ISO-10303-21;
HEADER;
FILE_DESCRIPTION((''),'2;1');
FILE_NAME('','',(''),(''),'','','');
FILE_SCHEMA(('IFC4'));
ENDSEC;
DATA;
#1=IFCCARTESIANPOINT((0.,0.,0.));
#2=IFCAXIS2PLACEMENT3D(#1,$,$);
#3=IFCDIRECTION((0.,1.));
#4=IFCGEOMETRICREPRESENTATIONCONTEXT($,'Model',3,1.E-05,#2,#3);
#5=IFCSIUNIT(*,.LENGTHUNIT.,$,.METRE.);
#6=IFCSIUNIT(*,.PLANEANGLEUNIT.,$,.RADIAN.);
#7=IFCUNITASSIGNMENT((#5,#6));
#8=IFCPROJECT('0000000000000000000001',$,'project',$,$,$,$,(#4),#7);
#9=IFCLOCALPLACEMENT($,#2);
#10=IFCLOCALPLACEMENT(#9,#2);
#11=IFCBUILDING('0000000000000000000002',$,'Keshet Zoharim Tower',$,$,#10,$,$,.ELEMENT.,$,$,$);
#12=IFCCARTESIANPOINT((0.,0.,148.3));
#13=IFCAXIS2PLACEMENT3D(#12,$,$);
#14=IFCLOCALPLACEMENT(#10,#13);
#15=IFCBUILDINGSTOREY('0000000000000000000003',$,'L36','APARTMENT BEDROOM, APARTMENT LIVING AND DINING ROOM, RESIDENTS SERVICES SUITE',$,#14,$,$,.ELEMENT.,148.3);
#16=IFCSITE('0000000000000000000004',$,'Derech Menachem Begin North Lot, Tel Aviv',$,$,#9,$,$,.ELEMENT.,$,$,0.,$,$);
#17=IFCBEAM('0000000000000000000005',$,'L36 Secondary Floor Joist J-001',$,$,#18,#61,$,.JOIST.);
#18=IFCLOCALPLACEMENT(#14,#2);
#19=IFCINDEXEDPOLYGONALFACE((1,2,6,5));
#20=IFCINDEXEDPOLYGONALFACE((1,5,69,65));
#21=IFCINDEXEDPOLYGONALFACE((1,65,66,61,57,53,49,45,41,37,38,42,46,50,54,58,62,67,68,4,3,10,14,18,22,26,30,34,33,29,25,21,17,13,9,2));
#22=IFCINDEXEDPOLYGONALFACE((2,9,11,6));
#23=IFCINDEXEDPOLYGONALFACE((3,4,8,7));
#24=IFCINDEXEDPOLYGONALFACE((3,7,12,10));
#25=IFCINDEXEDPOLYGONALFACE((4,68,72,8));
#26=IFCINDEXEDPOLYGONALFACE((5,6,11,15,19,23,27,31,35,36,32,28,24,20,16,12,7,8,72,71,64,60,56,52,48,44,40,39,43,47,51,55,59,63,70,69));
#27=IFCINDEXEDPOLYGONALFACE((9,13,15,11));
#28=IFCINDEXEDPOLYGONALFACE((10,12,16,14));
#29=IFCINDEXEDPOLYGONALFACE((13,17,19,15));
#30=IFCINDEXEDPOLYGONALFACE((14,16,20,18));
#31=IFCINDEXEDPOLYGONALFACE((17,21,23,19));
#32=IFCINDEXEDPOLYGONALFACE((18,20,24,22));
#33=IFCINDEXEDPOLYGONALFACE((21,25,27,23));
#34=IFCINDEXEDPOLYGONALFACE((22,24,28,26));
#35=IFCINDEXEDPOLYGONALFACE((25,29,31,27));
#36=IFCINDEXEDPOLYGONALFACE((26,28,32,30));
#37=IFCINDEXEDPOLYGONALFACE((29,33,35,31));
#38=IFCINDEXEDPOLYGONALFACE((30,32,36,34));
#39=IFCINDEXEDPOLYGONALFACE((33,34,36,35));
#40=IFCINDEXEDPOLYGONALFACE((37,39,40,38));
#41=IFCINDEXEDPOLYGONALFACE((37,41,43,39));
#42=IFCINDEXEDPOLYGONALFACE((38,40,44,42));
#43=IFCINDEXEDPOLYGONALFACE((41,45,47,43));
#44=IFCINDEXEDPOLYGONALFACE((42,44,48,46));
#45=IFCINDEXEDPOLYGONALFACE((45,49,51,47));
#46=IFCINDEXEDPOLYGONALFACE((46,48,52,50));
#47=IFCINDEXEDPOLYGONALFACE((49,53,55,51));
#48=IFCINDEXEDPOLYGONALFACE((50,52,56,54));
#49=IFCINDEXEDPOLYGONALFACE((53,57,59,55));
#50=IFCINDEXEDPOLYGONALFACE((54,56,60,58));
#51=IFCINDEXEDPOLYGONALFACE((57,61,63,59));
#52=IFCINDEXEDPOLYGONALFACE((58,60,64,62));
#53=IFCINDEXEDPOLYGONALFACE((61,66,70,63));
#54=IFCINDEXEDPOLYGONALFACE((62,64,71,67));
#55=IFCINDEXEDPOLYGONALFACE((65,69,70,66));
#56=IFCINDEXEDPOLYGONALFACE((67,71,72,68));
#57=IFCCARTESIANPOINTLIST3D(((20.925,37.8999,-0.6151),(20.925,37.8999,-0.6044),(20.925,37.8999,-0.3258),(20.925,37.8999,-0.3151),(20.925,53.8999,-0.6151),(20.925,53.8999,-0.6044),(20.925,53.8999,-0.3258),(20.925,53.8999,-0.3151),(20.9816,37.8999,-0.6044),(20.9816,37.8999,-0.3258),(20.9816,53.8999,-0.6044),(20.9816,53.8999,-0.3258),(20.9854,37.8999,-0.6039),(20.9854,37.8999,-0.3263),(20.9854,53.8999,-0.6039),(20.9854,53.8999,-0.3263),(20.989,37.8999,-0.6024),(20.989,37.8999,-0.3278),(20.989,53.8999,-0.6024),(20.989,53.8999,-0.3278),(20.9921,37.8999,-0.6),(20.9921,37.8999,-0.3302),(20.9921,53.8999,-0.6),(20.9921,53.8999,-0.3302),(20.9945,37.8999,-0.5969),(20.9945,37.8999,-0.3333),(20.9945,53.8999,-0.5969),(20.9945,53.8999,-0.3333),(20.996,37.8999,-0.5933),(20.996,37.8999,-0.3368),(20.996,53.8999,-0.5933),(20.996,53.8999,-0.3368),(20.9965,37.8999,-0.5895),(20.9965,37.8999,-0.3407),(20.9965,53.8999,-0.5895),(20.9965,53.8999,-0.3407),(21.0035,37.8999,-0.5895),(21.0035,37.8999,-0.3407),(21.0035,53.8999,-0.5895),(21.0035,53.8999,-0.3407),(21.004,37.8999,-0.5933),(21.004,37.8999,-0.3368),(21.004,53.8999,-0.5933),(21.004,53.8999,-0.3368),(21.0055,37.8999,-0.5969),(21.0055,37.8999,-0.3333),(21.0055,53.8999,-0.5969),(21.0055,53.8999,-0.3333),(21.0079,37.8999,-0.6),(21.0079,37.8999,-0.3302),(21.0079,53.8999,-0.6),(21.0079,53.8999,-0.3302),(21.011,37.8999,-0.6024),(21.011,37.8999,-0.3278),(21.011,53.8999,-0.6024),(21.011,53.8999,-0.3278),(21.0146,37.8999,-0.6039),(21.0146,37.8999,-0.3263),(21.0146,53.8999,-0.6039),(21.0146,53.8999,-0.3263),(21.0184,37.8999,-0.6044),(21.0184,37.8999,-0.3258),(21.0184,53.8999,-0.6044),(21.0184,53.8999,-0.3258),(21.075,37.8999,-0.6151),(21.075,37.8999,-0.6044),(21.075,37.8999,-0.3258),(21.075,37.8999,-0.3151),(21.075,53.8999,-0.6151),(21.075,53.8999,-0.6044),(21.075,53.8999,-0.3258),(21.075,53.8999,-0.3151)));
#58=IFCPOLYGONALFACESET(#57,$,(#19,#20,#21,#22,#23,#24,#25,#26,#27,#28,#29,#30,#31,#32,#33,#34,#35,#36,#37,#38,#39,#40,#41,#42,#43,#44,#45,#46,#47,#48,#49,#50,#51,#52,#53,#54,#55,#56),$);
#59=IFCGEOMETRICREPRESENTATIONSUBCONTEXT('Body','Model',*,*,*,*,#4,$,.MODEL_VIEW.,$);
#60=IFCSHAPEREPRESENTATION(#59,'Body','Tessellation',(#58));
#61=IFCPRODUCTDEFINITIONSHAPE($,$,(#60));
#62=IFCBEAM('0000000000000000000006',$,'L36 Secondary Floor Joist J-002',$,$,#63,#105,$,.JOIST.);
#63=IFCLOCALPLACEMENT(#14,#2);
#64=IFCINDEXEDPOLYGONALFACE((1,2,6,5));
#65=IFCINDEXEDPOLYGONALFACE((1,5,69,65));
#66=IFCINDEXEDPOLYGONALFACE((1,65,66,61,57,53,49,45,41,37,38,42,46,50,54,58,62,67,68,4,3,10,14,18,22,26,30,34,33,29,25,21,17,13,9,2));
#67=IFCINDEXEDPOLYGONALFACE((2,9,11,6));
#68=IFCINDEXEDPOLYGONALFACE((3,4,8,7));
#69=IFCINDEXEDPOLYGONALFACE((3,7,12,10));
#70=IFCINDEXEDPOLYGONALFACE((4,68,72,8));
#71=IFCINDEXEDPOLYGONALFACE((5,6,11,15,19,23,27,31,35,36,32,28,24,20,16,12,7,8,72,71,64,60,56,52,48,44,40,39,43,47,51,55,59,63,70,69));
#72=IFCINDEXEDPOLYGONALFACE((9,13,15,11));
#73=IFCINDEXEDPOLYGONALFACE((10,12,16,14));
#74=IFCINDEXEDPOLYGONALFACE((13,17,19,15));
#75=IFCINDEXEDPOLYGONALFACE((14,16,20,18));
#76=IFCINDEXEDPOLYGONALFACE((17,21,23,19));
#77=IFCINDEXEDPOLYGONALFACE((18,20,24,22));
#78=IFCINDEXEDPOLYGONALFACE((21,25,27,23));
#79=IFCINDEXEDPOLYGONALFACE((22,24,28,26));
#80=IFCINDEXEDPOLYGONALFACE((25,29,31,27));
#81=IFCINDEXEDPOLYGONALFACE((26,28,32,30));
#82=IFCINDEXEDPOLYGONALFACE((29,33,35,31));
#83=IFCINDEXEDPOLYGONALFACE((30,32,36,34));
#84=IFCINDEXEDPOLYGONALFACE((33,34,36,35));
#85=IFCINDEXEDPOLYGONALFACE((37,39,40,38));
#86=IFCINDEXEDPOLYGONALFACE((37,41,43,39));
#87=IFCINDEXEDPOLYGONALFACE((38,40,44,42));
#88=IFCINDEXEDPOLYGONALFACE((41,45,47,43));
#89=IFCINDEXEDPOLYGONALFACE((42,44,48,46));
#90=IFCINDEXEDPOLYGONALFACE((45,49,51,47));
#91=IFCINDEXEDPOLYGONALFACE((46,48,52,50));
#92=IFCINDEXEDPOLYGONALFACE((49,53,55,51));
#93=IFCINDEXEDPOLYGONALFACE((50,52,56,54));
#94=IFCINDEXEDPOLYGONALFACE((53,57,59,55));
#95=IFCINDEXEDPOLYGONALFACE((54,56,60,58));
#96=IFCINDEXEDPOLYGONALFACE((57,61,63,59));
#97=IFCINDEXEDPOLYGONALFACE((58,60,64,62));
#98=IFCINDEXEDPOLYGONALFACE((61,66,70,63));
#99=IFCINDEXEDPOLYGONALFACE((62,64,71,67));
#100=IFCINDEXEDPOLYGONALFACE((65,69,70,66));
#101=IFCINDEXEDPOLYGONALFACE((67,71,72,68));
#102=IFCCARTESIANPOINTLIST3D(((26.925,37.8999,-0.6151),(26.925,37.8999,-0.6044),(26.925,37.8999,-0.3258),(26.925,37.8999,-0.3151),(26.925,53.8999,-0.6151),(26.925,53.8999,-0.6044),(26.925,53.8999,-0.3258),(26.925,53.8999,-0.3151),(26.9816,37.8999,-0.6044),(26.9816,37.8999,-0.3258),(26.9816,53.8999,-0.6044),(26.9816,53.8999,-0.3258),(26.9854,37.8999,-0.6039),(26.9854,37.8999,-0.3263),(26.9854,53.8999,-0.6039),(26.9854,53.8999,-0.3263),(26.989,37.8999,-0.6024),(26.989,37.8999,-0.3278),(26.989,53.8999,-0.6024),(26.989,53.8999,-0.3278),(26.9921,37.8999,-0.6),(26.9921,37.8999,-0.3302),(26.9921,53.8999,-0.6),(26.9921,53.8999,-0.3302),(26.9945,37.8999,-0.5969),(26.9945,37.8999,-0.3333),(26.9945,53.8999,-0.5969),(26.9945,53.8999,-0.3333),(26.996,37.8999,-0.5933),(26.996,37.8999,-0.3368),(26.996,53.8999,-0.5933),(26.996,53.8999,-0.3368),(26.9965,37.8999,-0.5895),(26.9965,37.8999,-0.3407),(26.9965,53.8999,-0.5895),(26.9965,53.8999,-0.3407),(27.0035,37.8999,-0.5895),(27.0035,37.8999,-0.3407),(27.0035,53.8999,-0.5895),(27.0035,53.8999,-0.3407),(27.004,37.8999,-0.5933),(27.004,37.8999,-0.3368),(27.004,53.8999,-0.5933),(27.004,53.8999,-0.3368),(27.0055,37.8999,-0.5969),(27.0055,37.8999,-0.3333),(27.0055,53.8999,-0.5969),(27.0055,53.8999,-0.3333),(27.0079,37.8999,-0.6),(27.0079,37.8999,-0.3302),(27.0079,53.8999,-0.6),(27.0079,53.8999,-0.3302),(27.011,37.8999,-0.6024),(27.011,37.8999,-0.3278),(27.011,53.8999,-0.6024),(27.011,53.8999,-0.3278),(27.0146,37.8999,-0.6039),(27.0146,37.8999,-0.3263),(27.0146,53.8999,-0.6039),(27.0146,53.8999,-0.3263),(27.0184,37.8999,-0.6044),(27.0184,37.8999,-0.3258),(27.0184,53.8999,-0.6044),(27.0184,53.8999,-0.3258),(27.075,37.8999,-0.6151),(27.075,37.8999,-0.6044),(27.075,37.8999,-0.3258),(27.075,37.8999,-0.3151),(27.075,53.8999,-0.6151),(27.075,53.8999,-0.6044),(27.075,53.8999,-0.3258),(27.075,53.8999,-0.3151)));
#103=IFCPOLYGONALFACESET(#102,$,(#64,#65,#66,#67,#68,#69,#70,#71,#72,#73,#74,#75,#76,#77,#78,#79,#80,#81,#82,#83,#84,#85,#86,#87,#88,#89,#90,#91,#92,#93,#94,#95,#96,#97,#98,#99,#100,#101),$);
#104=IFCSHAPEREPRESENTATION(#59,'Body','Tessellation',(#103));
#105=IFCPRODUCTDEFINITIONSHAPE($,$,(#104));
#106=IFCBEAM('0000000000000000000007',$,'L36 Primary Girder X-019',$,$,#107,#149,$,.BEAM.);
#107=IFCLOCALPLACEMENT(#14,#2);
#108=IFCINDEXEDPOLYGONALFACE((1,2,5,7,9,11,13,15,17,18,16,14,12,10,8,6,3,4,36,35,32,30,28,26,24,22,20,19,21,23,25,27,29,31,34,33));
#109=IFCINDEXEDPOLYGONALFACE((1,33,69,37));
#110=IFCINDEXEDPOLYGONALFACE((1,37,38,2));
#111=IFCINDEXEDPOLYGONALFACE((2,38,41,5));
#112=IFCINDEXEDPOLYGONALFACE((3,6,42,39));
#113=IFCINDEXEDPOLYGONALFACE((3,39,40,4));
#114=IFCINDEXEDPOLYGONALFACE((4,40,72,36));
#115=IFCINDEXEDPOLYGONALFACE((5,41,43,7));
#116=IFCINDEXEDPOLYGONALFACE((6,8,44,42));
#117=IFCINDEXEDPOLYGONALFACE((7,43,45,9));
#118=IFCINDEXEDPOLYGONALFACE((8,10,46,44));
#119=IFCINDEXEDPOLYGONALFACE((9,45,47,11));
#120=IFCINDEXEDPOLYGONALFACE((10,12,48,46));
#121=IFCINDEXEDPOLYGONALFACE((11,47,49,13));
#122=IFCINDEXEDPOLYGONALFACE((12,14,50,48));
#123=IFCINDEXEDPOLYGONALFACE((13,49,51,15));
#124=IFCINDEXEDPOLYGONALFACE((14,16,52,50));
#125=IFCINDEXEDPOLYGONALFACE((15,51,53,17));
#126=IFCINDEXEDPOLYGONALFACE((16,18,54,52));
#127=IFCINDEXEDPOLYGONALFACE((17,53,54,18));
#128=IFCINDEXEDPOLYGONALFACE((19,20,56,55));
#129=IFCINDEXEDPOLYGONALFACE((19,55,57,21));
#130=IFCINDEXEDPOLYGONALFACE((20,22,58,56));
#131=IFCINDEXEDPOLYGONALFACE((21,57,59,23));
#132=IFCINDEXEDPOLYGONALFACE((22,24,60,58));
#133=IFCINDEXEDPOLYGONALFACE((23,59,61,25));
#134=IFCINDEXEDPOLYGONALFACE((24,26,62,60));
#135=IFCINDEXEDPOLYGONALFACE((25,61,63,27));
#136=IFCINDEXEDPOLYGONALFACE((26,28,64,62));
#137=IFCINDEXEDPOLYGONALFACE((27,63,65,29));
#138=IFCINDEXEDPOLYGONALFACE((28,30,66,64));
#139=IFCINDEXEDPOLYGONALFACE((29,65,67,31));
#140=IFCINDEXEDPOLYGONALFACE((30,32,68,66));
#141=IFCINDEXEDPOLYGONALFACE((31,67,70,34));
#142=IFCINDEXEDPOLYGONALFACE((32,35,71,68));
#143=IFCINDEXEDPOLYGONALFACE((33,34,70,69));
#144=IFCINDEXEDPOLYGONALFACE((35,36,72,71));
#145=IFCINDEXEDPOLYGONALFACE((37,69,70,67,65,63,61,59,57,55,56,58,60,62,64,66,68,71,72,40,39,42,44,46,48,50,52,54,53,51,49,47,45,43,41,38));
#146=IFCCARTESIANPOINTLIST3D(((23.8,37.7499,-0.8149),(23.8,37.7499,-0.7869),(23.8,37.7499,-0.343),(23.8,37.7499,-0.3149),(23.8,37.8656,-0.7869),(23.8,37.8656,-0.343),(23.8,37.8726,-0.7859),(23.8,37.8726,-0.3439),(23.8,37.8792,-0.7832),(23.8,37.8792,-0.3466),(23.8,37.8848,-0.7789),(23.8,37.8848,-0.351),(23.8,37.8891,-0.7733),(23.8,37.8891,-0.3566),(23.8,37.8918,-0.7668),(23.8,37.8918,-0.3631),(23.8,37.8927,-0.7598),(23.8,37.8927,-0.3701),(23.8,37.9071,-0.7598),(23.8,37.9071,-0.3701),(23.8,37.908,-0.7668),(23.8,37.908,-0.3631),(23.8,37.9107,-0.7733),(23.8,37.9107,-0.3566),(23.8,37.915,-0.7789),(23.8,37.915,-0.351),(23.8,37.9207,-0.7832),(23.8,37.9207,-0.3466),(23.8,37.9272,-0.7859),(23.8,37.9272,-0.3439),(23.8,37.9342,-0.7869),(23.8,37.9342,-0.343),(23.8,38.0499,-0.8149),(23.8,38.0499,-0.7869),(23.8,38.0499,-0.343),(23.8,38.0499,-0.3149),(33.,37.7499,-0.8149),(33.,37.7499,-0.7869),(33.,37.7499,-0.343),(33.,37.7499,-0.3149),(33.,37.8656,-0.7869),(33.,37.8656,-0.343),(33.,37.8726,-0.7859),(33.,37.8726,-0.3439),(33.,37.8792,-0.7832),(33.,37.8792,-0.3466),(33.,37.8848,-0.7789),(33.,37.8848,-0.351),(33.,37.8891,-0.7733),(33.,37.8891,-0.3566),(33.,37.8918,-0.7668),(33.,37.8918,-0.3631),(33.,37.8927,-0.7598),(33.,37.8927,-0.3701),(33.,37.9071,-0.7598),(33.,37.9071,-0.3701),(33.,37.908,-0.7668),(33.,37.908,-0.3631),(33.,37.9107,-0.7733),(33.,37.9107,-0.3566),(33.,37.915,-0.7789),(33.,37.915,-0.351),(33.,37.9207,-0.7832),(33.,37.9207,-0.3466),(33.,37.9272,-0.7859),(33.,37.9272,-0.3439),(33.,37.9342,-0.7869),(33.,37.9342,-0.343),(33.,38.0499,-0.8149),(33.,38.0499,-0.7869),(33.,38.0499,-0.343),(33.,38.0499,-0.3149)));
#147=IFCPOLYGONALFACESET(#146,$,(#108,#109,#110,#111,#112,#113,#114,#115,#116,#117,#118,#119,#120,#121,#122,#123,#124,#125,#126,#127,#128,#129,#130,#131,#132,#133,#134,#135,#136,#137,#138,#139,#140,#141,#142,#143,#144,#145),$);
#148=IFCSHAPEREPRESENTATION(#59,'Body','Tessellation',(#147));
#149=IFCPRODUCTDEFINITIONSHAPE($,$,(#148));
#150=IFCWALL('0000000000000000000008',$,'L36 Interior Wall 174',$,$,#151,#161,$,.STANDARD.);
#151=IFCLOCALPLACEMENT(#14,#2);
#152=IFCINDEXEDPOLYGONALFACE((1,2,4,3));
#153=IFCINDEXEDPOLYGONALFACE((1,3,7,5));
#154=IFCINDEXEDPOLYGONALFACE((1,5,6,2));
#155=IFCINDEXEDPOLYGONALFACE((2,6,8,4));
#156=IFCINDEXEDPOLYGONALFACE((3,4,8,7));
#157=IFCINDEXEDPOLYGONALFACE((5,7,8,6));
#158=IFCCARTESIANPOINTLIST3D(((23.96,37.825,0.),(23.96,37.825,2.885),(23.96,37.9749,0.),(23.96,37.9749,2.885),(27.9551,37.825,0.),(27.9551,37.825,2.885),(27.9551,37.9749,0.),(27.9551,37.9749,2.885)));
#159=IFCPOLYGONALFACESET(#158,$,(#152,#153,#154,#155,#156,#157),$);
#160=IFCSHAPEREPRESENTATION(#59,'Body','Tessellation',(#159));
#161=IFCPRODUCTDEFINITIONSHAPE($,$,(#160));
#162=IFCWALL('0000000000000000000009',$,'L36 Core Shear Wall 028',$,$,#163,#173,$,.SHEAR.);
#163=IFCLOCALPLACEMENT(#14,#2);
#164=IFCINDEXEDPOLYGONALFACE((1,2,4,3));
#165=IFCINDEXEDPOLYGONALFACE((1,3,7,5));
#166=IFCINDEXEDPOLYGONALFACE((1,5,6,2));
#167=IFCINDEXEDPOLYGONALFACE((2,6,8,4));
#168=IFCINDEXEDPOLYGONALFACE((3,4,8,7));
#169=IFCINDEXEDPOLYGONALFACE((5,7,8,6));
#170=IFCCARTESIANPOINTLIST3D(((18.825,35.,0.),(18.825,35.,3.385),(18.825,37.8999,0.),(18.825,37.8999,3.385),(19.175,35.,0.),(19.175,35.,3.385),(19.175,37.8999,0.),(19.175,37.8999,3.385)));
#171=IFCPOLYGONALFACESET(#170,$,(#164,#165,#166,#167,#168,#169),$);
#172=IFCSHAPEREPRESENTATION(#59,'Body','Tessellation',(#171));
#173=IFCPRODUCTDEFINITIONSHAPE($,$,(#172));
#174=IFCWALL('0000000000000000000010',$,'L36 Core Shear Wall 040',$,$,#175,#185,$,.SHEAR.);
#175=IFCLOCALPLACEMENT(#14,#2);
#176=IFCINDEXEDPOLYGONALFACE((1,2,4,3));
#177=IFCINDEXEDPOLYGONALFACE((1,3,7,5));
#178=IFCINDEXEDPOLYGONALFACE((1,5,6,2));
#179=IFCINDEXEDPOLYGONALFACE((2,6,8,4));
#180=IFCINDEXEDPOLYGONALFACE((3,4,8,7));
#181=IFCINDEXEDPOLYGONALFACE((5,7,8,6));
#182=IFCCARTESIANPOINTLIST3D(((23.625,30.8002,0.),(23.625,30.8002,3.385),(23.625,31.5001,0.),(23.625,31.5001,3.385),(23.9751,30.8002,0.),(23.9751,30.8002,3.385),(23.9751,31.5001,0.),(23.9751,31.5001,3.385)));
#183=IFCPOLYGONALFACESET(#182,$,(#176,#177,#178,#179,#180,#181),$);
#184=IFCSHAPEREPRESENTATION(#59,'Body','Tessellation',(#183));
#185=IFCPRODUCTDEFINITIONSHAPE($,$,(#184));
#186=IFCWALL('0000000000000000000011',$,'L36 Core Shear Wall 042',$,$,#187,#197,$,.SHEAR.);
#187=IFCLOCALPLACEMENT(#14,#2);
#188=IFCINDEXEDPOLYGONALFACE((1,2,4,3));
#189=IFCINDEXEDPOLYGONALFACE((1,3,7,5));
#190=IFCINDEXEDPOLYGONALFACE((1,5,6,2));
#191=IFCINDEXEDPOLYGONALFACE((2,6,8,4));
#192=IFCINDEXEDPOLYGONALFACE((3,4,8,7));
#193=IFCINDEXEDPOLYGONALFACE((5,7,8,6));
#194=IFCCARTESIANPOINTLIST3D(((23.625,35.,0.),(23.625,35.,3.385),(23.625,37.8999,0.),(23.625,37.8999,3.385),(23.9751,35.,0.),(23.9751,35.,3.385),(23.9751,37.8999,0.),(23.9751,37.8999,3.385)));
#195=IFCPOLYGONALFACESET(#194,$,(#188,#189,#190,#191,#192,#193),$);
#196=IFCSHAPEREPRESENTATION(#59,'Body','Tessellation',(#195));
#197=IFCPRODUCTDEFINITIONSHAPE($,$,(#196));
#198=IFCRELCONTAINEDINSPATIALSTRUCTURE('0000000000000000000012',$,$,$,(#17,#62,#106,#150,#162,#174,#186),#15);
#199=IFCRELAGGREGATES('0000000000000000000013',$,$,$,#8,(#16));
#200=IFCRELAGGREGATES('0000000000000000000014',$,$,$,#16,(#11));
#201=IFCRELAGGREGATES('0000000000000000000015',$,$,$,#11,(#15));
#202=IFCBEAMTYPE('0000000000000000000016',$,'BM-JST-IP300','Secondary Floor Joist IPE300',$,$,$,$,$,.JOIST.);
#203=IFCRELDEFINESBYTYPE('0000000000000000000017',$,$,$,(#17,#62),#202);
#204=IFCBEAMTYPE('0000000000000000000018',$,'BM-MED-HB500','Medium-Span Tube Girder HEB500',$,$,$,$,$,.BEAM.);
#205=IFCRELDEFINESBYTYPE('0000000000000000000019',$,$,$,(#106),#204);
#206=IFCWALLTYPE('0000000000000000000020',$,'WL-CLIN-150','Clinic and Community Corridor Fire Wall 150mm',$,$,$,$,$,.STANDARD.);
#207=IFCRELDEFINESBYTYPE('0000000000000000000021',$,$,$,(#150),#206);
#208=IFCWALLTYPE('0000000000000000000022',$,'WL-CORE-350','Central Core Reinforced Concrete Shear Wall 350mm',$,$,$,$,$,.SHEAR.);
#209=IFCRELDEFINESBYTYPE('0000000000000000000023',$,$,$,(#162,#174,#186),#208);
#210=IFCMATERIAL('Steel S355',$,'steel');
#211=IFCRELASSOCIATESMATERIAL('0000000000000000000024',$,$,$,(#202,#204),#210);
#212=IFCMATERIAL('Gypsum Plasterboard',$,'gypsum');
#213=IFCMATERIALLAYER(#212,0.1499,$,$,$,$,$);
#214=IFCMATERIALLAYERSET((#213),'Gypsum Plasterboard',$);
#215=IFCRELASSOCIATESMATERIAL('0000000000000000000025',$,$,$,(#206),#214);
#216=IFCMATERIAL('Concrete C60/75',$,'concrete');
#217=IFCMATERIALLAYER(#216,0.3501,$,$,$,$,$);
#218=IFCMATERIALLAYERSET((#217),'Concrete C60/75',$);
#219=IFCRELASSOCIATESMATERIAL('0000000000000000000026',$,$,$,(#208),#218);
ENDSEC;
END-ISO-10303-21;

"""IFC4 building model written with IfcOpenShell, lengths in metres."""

from ifc_helpers import new_model, si_unit, direction, frame, frame_2d, origin, origin_2d, place, context, subcontext, project, spatial, rectangle, i_section, extrude, material, layer, layer_set, material_profile, profile_set, type_object, element, save


model = new_model("IFC4")

# Units and contexts
model_context = context("Model", 3, precision=1e-05, world=origin(), true_north=direction((0.0, 1.0)))
body_context = subcontext(model_context, "Body", "Model", "MODEL_VIEW")
ifc_project = project(units=[si_unit("LENGTHUNIT", "METRE"), si_unit("PLANEANGLEUNIT", "RADIAN")], contexts=[model_context])

# Site, building, storey
site_placement = place(None, origin())
site = spatial("IfcSite", under=ifc_project, at=site_placement, Name="Derech Menachem Begin North Lot, Tel Aviv", CompositionType="ELEMENT", RefElevation=0.0)
building_placement = place(site_placement, origin())
building = spatial("IfcBuilding", under=site, at=building_placement, Name="Keshet Zoharim Tower", CompositionType="ELEMENT")
storey_placement = place(building_placement, frame((0.0, 0.0, 148.3)))
storey = spatial("IfcBuildingStorey", under=building, at=storey_placement, Name="L36", Description="APARTMENT BEDROOM, APARTMENT LIVING AND DINING ROOM, RESIDENTS SERVICES SUITE", CompositionType="ELEMENT", Elevation=148.3)

# Beams
ifc_material_1 = material(Name="Steel S355", Category="steel")
ifc_material_profile_1 = material_profile(ifc_material_1, i_section(OverallWidth=0.1499, OverallDepth=0.3, WebThickness=0.0071, FlangeThickness=0.0107, FilletRadius=0.0149, at=origin_2d()), Name="IPE300")
ifc_profile_set_1 = profile_set([ifc_material_profile_1], Name="Steel S355")
beam_type_1 = type_object("IfcBeamType", Name="BM-JST-IP300", Description="Secondary Floor Joist IPE300", PredefinedType="JOIST", material=ifc_profile_set_1)
for number, where, z_axis, x_axis, name in (
    (1, (21.0, 37.8999, -0.4651), (0.0, 1.0, 0.0), (-1.0, 0.0, 0.0), "L36 Secondary Floor Joist J-001"),
    (2, (27.0, 37.8999, -0.4651), (0.0, 1.0, 0.0), (-1.0, 0.0, 0.0), "L36 Secondary Floor Joist J-002"),
):
    element("IfcBeam", number, at=place(storey_placement, frame(where, z_axis=z_axis, x_axis=x_axis)), inside=storey, type_object=beam_type_1, Name=name, PredefinedType="JOIST", context=body_context, shape_type="SweptSolid", body=[
        extrude(i_section(OverallWidth=0.1499, OverallDepth=0.3, WebThickness=0.0071, FlangeThickness=0.0107, FilletRadius=0.0149, at=origin_2d()), origin(), (0.0, 0.0, 1.0), 16.0),
    ])
ifc_material_profile_2 = material_profile(ifc_material_1, i_section(OverallWidth=0.3, OverallDepth=0.5, WebThickness=0.0144, FlangeThickness=0.0281, FilletRadius=0.0271, at=origin_2d()), Name="HEB500")
ifc_profile_set_2 = profile_set([ifc_material_profile_2], Name="Steel S355")
beam_type_2 = type_object("IfcBeamType", Name="BM-MED-HB500", Description="Medium-Span Tube Girder HEB500", PredefinedType="BEAM", material=ifc_profile_set_2)
beam_placement = place(storey_placement, frame((23.8, 37.8999, -0.5649), z_axis=(1.0, 0.0, 0.0), x_axis=(0.0, 1.0, 0.0)))
element("IfcBeam", 3, at=beam_placement, inside=storey, type_object=beam_type_2, Name="L36 Primary Girder X-019", PredefinedType="BEAM", context=body_context, shape_type="SweptSolid", body=[
    extrude(i_section(OverallWidth=0.3, OverallDepth=0.5, WebThickness=0.0144, FlangeThickness=0.0281, FilletRadius=0.0271, at=origin_2d()), origin(), (0.0, 0.0, 1.0), 9.2),
])

# Walls
ifc_material_2 = material(Name="Gypsum Plasterboard", Category="gypsum")
ifc_layer_1 = layer(ifc_material_2, 0.1499)
ifc_layer_set_1 = layer_set([ifc_layer_1], Name="Gypsum Plasterboard")
wall_type_1 = type_object("IfcWallType", Name="WL-CLIN-150", Description="Clinic and Community Corridor Fire Wall 150mm", PredefinedType="STANDARD", material=ifc_layer_set_1)
wall_1_placement = place(storey_placement, frame((23.96, 37.8999, 0.0), z_axis=(0.0, 0.0, 1.0), x_axis=(1.0, 0.0, 0.0)))
element("IfcWall", 4, at=wall_1_placement, inside=storey, type_object=wall_type_1, Name="L36 Interior Wall 174", PredefinedType="STANDARD", context=body_context, shape_type="SweptSolid", body=[
    extrude(rectangle(XDim=3.9951, YDim=0.1499, at=frame_2d((1.9976, 0.0))), origin(), (0.0, 0.0, 1.0), 2.885),
])
ifc_material_3 = material(Name="Concrete C60/75", Category="concrete")
ifc_layer_2 = layer(ifc_material_3, 0.3501)
ifc_layer_set_2 = layer_set([ifc_layer_2], Name="Concrete C60/75")
wall_type_2 = type_object("IfcWallType", Name="WL-CORE-350", Description="Central Core Reinforced Concrete Shear Wall 350mm", PredefinedType="SHEAR", material=ifc_layer_set_2)
wall_2_placement = place(storey_placement, frame((19.0, 35.0, 0.0), z_axis=(0.0, 0.0, 1.0), x_axis=(0.0, 1.0, 0.0)))
element("IfcWall", 5, at=wall_2_placement, inside=storey, type_object=wall_type_2, Name="L36 Core Shear Wall 028", PredefinedType="SHEAR", context=body_context, shape_type="SweptSolid", body=[
    extrude(rectangle(XDim=2.8999, YDim=0.3501, at=frame_2d((1.45, 0.0))), origin(), (0.0, 0.0, 1.0), 3.385),
])
wall_3_placement = place(storey_placement, frame((23.8, 30.8, 0.0), z_axis=(0.0, 0.0, 1.0), x_axis=(0.0, 1.0, 0.0)))
element("IfcWall", 6, at=wall_3_placement, inside=storey, type_object=wall_type_2, Name="L36 Core Shear Wall 040", PredefinedType="SHEAR", context=body_context, shape_type="SweptSolid", body=[
    extrude(rectangle(XDim=0.7, YDim=0.3501, at=frame_2d((0.3501, 0.0))), origin(), (0.0, 0.0, 1.0), 3.385),
])

# Wall
wall_4_placement = place(storey_placement, frame((23.8, 35.0, 0.0), z_axis=(0.0, 0.0, 1.0), x_axis=(0.0, 1.0, 0.0)))
element("IfcWall", 7, at=wall_4_placement, inside=storey, type_object=wall_type_2, Name="L36 Core Shear Wall 042", PredefinedType="SHEAR", context=body_context, shape_type="SweptSolid", body=[
    extrude(rectangle(XDim=2.8999, YDim=0.3501, at=frame_2d((1.45, 0.0))), origin(), (0.0, 0.0, 1.0), 3.385),
])

save(model, "model.ifc")
